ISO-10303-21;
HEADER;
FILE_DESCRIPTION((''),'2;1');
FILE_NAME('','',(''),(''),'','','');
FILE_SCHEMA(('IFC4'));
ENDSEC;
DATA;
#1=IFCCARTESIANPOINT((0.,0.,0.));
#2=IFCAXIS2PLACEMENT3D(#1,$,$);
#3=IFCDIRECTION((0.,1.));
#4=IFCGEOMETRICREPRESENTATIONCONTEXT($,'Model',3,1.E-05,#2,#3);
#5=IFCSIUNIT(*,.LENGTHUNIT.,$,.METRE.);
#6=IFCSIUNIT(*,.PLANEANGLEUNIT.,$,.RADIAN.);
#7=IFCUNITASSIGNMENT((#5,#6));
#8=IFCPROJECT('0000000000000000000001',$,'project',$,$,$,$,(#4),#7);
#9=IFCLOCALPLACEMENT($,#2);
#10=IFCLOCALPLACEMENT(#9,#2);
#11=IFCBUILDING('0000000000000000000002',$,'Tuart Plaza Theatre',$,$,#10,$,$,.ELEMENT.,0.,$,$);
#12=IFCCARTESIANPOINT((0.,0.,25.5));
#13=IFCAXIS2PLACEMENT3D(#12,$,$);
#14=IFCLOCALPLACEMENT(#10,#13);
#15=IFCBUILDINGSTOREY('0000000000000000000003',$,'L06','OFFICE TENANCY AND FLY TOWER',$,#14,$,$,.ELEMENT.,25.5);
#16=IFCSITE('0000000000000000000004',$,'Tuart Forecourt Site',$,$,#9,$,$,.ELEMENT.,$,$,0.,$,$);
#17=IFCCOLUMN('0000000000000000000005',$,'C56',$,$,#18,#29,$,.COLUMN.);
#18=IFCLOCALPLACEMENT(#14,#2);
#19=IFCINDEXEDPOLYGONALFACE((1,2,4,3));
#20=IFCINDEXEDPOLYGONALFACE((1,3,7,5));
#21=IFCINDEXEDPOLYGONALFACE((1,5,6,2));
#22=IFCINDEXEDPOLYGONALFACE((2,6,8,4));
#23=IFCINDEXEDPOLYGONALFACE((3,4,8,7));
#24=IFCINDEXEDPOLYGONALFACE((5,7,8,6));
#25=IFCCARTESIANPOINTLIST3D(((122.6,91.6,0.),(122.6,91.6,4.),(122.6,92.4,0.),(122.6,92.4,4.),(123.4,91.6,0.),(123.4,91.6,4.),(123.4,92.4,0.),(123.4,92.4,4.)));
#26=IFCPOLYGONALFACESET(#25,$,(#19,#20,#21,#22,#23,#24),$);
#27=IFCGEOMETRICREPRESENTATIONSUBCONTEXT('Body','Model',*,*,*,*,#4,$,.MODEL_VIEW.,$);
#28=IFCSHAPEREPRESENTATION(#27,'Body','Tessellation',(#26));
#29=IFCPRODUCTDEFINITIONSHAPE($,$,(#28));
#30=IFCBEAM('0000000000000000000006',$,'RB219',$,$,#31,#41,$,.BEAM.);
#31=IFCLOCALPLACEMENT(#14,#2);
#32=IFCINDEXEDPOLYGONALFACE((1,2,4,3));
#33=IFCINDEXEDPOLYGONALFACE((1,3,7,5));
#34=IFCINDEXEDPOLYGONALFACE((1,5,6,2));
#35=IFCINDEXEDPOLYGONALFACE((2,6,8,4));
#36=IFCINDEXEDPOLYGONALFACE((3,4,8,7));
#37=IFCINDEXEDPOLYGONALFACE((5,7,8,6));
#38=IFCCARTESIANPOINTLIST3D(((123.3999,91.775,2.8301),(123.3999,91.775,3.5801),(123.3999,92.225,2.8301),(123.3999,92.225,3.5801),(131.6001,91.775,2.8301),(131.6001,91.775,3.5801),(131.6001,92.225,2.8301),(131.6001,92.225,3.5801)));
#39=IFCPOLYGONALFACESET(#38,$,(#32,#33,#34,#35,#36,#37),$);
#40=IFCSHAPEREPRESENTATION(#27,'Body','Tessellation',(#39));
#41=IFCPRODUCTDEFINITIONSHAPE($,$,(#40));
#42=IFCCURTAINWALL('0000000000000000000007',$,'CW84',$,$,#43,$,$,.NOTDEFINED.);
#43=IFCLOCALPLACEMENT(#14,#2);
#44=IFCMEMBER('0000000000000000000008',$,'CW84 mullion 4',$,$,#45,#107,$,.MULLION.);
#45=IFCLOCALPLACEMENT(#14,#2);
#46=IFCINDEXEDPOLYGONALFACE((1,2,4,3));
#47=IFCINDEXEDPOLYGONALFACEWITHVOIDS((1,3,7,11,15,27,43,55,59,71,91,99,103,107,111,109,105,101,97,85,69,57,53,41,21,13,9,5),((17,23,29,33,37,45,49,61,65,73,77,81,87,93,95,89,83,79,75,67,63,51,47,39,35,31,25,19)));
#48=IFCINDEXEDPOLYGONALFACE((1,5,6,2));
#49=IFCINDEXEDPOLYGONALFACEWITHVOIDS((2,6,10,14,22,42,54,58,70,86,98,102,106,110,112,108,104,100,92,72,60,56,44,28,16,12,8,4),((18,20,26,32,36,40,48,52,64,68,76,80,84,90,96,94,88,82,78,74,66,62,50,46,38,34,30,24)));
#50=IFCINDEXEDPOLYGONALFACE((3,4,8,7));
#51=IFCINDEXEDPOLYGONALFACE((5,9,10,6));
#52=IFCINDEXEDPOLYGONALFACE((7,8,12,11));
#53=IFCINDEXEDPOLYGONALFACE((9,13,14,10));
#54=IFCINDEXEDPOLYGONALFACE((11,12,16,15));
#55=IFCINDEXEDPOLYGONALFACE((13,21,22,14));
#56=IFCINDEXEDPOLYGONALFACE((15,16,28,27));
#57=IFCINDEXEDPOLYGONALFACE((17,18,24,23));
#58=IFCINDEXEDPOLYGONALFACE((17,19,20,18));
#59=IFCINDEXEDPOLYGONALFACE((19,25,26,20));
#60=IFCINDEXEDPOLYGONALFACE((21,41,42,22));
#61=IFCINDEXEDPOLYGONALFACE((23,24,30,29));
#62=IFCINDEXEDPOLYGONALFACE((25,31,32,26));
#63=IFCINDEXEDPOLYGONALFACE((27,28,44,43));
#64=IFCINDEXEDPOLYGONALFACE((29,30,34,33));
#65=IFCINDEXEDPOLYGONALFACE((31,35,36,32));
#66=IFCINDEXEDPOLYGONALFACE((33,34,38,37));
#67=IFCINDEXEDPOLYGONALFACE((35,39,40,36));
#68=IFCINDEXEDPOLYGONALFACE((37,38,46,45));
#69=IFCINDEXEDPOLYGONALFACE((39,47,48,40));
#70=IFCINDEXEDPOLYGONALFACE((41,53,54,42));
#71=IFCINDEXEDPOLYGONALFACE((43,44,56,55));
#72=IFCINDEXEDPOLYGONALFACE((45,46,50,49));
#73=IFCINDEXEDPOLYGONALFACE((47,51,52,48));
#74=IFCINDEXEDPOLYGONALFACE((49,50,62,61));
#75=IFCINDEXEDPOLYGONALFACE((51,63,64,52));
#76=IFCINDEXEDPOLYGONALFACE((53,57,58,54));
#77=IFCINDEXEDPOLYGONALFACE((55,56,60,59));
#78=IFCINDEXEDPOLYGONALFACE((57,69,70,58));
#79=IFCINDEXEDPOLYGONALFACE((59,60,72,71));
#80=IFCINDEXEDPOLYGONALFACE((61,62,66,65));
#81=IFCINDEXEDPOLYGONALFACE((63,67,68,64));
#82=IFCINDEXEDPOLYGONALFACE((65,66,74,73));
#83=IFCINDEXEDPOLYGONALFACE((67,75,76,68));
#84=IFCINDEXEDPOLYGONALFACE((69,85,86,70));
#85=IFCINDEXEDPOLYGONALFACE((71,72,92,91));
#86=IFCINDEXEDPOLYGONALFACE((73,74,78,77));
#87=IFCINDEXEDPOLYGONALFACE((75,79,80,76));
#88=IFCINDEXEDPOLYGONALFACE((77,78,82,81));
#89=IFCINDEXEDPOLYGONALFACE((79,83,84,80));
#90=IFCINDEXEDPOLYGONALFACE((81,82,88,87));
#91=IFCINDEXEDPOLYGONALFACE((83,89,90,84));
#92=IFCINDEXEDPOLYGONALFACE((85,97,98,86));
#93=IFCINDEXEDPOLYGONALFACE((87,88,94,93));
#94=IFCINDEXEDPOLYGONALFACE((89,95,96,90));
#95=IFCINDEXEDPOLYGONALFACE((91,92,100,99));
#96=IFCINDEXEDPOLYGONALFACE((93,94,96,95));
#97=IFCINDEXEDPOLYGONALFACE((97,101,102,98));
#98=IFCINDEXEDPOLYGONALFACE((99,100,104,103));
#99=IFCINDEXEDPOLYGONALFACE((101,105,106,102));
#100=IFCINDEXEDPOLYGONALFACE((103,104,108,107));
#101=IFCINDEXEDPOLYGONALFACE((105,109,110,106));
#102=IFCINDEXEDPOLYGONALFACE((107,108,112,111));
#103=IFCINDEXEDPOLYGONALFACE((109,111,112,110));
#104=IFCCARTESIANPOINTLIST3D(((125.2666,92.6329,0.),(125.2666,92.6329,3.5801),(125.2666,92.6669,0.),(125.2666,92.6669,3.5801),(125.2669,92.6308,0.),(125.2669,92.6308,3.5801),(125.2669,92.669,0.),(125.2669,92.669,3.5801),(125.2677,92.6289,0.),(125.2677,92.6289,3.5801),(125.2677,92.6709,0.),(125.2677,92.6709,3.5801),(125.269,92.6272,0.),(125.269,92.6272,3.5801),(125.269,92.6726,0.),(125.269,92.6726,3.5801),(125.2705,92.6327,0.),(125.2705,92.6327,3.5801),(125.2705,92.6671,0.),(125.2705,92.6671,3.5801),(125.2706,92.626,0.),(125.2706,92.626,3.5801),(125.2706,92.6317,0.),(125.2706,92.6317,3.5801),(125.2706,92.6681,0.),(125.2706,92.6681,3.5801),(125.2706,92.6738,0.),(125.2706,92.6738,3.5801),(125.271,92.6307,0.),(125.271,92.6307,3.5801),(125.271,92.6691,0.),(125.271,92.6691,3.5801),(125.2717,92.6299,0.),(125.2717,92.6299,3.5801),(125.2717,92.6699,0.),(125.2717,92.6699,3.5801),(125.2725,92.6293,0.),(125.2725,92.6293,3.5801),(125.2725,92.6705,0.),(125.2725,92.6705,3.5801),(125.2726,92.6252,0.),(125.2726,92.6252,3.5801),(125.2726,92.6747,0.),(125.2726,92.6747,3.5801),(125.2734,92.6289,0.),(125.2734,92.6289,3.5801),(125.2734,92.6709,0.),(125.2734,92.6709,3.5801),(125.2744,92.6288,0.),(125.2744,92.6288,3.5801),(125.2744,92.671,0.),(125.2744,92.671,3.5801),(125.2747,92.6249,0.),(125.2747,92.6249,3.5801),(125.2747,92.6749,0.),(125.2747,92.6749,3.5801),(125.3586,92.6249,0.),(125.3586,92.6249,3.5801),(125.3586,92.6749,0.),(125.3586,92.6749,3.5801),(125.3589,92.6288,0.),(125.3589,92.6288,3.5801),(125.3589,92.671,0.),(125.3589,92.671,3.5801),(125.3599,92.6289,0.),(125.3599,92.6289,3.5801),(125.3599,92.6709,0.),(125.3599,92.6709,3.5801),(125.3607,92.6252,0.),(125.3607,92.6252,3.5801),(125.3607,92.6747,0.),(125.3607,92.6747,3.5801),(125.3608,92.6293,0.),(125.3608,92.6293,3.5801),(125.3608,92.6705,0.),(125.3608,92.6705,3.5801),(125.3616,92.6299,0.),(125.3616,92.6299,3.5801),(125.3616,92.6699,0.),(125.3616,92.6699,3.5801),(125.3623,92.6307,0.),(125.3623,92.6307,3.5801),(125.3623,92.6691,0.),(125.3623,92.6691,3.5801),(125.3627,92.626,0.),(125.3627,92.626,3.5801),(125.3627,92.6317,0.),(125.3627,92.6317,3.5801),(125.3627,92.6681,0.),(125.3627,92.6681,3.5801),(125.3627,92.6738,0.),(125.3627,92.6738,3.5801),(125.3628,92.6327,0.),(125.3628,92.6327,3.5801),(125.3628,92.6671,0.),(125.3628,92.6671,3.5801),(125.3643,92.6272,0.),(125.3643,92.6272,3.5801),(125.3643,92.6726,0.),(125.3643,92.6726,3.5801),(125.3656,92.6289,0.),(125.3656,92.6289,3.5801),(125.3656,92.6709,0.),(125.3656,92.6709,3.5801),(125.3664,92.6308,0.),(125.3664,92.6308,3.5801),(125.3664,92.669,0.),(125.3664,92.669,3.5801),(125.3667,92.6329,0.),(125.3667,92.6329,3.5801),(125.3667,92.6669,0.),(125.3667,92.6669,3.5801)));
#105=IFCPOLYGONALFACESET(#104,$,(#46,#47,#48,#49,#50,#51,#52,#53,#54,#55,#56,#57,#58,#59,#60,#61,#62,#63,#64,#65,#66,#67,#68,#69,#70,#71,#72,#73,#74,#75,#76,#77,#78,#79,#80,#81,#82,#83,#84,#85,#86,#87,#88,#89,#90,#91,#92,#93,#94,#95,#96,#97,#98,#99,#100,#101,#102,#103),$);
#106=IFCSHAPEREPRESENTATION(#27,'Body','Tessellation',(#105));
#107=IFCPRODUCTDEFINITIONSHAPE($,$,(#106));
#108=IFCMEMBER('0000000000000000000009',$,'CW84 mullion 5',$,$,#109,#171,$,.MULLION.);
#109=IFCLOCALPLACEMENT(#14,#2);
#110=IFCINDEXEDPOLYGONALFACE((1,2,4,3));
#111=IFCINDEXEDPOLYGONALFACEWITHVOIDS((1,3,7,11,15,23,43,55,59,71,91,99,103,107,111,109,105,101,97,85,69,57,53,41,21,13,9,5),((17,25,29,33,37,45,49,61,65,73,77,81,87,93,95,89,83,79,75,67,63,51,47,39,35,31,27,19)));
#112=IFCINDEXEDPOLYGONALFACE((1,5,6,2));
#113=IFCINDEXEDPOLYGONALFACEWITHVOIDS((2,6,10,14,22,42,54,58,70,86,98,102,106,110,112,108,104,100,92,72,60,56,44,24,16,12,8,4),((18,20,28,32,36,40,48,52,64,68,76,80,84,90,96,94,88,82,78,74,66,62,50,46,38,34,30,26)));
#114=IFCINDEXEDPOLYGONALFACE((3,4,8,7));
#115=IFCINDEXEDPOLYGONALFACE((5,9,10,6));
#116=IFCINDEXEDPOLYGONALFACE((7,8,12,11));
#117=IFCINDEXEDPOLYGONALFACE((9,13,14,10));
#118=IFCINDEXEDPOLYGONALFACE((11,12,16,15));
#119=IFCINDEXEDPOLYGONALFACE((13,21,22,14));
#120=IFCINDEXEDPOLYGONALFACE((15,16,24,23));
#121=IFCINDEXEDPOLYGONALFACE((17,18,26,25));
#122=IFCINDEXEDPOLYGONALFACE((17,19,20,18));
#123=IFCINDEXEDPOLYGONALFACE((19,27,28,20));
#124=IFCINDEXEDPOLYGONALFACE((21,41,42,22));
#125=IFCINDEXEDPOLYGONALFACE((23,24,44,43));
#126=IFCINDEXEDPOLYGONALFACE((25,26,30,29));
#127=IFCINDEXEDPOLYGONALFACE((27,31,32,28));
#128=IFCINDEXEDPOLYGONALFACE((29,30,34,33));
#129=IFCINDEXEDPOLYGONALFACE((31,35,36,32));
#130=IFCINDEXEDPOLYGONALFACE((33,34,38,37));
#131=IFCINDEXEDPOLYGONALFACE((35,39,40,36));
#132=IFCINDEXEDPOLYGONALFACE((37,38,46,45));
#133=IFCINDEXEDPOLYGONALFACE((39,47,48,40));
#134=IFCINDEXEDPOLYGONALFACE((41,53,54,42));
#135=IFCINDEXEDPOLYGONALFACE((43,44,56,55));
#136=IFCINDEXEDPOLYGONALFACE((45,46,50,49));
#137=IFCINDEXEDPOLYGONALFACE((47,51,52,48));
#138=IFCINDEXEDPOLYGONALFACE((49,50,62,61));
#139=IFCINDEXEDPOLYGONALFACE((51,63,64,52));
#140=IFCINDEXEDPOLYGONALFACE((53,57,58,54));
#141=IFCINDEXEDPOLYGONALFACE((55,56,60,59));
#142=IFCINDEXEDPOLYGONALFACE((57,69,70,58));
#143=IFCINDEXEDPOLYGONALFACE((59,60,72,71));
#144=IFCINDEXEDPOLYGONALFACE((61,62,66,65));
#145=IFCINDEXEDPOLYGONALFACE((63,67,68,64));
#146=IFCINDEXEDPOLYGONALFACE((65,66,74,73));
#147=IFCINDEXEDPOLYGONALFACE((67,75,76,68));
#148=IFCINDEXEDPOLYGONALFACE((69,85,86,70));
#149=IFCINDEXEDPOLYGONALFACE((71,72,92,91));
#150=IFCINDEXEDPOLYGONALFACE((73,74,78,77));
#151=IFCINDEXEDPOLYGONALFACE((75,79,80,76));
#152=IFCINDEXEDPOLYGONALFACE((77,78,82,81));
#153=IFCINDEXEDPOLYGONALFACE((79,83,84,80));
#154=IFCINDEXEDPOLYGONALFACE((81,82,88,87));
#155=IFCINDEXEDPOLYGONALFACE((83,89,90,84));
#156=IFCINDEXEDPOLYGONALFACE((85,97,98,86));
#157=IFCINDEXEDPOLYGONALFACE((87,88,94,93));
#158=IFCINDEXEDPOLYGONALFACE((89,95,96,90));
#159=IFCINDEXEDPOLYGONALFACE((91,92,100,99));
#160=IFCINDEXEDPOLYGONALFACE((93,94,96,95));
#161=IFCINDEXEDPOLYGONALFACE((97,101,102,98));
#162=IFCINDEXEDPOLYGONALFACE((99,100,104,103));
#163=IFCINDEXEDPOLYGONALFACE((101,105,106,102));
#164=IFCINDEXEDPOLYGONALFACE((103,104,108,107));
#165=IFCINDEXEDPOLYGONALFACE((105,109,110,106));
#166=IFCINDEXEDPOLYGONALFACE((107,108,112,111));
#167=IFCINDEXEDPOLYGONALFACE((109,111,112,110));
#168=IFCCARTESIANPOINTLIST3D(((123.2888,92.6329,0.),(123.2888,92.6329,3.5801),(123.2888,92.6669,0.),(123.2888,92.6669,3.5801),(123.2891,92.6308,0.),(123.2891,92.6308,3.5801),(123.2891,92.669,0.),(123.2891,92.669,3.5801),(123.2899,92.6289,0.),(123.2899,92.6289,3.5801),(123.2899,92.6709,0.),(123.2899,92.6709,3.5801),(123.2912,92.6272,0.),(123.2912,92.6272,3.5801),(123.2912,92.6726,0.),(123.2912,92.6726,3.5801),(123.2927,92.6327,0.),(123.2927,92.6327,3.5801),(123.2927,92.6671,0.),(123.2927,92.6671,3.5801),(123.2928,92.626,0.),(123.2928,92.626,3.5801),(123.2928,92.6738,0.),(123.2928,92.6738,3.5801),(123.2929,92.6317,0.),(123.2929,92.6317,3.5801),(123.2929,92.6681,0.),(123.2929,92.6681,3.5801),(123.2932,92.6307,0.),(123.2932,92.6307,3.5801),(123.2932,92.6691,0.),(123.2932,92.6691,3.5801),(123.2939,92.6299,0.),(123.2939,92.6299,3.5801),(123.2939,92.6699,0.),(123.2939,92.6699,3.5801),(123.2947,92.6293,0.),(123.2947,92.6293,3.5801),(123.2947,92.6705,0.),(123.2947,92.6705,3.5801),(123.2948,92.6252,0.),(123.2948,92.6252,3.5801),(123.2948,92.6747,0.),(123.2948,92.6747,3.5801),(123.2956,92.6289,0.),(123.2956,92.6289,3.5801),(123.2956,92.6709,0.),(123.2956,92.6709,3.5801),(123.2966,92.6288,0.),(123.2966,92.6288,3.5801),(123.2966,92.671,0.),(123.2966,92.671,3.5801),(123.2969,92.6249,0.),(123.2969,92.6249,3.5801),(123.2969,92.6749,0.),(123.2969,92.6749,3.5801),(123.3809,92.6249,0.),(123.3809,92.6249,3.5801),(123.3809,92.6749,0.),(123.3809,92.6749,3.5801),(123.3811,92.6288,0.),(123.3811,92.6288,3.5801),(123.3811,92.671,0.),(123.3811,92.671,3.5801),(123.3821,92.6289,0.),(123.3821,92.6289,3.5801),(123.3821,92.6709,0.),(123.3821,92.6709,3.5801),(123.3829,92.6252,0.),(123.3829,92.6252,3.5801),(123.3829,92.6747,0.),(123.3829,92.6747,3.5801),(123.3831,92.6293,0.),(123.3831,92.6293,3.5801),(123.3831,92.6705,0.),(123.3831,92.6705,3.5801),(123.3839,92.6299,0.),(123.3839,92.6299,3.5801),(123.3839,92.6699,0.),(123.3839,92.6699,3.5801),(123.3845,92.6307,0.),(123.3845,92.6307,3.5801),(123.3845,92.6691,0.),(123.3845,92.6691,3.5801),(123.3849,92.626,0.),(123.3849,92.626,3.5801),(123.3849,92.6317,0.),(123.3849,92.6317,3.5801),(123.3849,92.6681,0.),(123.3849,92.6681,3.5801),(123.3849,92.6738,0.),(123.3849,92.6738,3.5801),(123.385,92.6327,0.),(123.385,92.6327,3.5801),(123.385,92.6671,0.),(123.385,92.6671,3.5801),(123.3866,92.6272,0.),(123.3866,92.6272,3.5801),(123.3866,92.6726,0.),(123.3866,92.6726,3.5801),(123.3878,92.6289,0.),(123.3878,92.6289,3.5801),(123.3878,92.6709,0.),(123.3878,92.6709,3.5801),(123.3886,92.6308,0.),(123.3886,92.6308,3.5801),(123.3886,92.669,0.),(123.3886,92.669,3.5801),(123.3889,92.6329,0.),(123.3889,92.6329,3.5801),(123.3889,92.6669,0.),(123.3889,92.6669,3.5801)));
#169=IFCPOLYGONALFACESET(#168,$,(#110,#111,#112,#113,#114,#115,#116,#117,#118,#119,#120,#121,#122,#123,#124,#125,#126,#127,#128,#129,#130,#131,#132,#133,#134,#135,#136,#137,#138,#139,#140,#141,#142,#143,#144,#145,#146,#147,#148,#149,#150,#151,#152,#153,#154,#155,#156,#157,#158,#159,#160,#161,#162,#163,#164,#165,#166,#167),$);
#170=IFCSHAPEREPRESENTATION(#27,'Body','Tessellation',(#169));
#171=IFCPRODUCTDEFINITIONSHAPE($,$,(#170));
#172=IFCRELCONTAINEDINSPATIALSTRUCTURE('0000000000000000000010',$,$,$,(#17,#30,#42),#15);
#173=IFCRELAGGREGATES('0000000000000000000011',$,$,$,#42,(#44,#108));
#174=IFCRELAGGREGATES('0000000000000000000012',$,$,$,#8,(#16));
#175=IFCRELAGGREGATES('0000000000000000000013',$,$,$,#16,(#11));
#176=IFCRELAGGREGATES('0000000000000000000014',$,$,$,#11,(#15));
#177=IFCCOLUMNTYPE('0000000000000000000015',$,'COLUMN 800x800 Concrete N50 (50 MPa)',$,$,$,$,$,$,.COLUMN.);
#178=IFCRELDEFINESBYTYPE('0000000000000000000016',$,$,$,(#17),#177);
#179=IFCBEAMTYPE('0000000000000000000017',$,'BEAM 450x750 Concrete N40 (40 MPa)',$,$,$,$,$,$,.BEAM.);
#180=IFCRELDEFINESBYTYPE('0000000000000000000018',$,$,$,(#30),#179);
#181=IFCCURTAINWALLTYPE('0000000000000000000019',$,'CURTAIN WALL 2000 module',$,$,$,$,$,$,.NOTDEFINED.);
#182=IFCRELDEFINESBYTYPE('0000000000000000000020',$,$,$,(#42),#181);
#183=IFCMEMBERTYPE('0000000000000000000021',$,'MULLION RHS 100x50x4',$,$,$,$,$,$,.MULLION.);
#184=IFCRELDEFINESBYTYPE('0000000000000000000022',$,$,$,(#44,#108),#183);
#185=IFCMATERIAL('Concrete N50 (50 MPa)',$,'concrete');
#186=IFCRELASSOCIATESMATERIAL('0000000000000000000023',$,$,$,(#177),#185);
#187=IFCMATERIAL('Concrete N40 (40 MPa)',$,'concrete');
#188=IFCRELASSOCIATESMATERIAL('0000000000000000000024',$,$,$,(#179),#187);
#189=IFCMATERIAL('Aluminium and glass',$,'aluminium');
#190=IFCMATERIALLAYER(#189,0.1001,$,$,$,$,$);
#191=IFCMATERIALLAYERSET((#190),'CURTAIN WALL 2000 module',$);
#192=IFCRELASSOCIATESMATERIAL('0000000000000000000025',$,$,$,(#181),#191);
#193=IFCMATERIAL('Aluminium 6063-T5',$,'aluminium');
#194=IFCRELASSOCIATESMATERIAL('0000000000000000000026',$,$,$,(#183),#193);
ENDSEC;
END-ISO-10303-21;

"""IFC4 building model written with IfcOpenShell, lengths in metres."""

from ifc_helpers import new_model, si_unit, direction, frame, origin, origin_2d, place, context, subcontext, project, spatial, rectangle, hollow_rectangle, extrude, material, layer, layer_set, material_profile, profile_set, type_object, element, aggregate, save


model = new_model("IFC4")

# Units and contexts
model_context = context("Model", 3, precision=1e-05, world=origin(), true_north=direction((0.0, 1.0)))
body_context = subcontext(model_context, "Body", "Model", "MODEL_VIEW")
ifc_project = project(units=[si_unit("LENGTHUNIT", "METRE"), si_unit("PLANEANGLEUNIT", "RADIAN")], contexts=[model_context])

# Site, building, storey
site_placement = place(None, origin())
site = spatial("IfcSite", under=ifc_project, at=site_placement, Name="Tuart Forecourt Site", CompositionType="ELEMENT", RefElevation=0.0)
building_placement = place(site_placement, origin())
building = spatial("IfcBuilding", under=site, at=building_placement, Name="Tuart Plaza Theatre", CompositionType="ELEMENT", ElevationOfRefHeight=0.0)
storey_placement = place(building_placement, frame((0.0, 0.0, 25.5)))
storey = spatial("IfcBuildingStorey", under=building, at=storey_placement, Name="L06", Description="OFFICE TENANCY AND FLY TOWER", CompositionType="ELEMENT", Elevation=25.5)

# Column
ifc_material_1 = material(Name="Concrete N50 (50 MPa)", Category="concrete")
ifc_material_profile_1 = material_profile(ifc_material_1, rectangle(XDim=0.8, YDim=0.8, at=origin_2d()), Name="COLUMN 800x800 Concrete N50 (50 MPa)")
ifc_profile_set_1 = profile_set([ifc_material_profile_1], Name="Concrete N50 (50 MPa)")
column_type = type_object("IfcColumnType", Name="COLUMN 800x800 Concrete N50 (50 MPa)", PredefinedType="COLUMN", material=ifc_profile_set_1)
column_placement = place(storey_placement, frame((123.0, 92.0, 0.0), z_axis=(0.0, 0.0, 1.0), x_axis=(1.0, 0.0, 0.0)))
element("IfcColumn", 1, at=column_placement, inside=storey, type_object=column_type, Name="C56", PredefinedType="COLUMN", context=body_context, shape_type="SweptSolid", body=[
    extrude(rectangle(XDim=0.8, YDim=0.8, at=origin_2d()), origin(), (0.0, 0.0, 1.0), 4.0),
])

# Beam
ifc_material_2 = material(Name="Concrete N40 (40 MPa)", Category="concrete")
ifc_material_profile_2 = material_profile(ifc_material_2, rectangle(XDim=0.45, YDim=0.75, at=origin_2d()), Name="BEAM 450x750 Concrete N40 (40 MPa)")
ifc_profile_set_2 = profile_set([ifc_material_profile_2], Name="Concrete N40 (40 MPa)")
beam_type = type_object("IfcBeamType", Name="BEAM 450x750 Concrete N40 (40 MPa)", PredefinedType="BEAM", material=ifc_profile_set_2)
beam_placement = place(storey_placement, frame((123.3999, 92.0, 3.2051), z_axis=(1.0, 0.0, 0.0), x_axis=(0.0, 1.0, 0.0)))
element("IfcBeam", 2, at=beam_placement, inside=storey, type_object=beam_type, Name="RB219", PredefinedType="BEAM", context=body_context, shape_type="SweptSolid", body=[
    extrude(rectangle(XDim=0.45, YDim=0.75, at=origin_2d()), origin(), (0.0, 0.0, 1.0), 8.2002),
])

# Curtain wall, members
ifc_material_3 = material(Name="Aluminium and glass", Category="aluminium")
ifc_layer_1 = layer(ifc_material_3, 0.1001)
ifc_layer_set_1 = layer_set([ifc_layer_1], Name="CURTAIN WALL 2000 module")
curtain_wall_type = type_object("IfcCurtainWallType", Name="CURTAIN WALL 2000 module", PredefinedType="NOTDEFINED", material=ifc_layer_set_1)
curtain_wall_placement = place(storey_placement, origin())
curtain_wall = element("IfcCurtainWall", 3, at=curtain_wall_placement, inside=storey, type_object=curtain_wall_type, Name="CW84", PredefinedType="NOTDEFINED")
ifc_material_4 = material(Name="Aluminium 6063-T5", Category="aluminium")
ifc_material_profile_3 = material_profile(ifc_material_4, hollow_rectangle(XDim=0.05, YDim=0.1001, WallThickness=0.0039, InnerFilletRadius=0.0039, OuterFilletRadius=0.0081, at=origin_2d()), Name="RHS 100x50x4")
ifc_profile_set_3 = profile_set([ifc_material_profile_3], Name="Aluminium 6063-T5")
member_type_1 = type_object("IfcMemberType", Name="MULLION RHS 100x50x4", PredefinedType="MULLION", material=ifc_profile_set_3)
member_1_placement = place(storey_placement, frame((125.3167, 92.6499, 0.0), z_axis=(0.0, 0.0, 1.0), x_axis=(0.0, -1.0, 0.0)))
member_1 = element("IfcMember", 4, at=member_1_placement, type_object=member_type_1, Name="CW84 mullion 4", PredefinedType="MULLION", context=body_context, shape_type="SweptSolid", body=[
    extrude(hollow_rectangle(XDim=0.05, YDim=0.1001, WallThickness=0.0039, InnerFilletRadius=0.0039, OuterFilletRadius=0.0081, at=origin_2d()), origin(), (0.0, 0.0, 1.0), 3.5801),
])
member_2_placement = place(storey_placement, frame((123.3389, 92.6499, 0.0), z_axis=(0.0, 0.0, 1.0), x_axis=(0.0, -1.0, 0.0)))
member_2 = element("IfcMember", 5, at=member_2_placement, type_object=member_type_1, Name="CW84 mullion 5", PredefinedType="MULLION", context=body_context, shape_type="SweptSolid", body=[
    extrude(hollow_rectangle(XDim=0.05, YDim=0.1001, WallThickness=0.0039, InnerFilletRadius=0.0039, OuterFilletRadius=0.0081, at=origin_2d()), origin(), (0.0, 0.0, 1.0), 3.5801),
])
aggregate(curtain_wall, [member_1, member_2])

save(model, "model.ifc")
